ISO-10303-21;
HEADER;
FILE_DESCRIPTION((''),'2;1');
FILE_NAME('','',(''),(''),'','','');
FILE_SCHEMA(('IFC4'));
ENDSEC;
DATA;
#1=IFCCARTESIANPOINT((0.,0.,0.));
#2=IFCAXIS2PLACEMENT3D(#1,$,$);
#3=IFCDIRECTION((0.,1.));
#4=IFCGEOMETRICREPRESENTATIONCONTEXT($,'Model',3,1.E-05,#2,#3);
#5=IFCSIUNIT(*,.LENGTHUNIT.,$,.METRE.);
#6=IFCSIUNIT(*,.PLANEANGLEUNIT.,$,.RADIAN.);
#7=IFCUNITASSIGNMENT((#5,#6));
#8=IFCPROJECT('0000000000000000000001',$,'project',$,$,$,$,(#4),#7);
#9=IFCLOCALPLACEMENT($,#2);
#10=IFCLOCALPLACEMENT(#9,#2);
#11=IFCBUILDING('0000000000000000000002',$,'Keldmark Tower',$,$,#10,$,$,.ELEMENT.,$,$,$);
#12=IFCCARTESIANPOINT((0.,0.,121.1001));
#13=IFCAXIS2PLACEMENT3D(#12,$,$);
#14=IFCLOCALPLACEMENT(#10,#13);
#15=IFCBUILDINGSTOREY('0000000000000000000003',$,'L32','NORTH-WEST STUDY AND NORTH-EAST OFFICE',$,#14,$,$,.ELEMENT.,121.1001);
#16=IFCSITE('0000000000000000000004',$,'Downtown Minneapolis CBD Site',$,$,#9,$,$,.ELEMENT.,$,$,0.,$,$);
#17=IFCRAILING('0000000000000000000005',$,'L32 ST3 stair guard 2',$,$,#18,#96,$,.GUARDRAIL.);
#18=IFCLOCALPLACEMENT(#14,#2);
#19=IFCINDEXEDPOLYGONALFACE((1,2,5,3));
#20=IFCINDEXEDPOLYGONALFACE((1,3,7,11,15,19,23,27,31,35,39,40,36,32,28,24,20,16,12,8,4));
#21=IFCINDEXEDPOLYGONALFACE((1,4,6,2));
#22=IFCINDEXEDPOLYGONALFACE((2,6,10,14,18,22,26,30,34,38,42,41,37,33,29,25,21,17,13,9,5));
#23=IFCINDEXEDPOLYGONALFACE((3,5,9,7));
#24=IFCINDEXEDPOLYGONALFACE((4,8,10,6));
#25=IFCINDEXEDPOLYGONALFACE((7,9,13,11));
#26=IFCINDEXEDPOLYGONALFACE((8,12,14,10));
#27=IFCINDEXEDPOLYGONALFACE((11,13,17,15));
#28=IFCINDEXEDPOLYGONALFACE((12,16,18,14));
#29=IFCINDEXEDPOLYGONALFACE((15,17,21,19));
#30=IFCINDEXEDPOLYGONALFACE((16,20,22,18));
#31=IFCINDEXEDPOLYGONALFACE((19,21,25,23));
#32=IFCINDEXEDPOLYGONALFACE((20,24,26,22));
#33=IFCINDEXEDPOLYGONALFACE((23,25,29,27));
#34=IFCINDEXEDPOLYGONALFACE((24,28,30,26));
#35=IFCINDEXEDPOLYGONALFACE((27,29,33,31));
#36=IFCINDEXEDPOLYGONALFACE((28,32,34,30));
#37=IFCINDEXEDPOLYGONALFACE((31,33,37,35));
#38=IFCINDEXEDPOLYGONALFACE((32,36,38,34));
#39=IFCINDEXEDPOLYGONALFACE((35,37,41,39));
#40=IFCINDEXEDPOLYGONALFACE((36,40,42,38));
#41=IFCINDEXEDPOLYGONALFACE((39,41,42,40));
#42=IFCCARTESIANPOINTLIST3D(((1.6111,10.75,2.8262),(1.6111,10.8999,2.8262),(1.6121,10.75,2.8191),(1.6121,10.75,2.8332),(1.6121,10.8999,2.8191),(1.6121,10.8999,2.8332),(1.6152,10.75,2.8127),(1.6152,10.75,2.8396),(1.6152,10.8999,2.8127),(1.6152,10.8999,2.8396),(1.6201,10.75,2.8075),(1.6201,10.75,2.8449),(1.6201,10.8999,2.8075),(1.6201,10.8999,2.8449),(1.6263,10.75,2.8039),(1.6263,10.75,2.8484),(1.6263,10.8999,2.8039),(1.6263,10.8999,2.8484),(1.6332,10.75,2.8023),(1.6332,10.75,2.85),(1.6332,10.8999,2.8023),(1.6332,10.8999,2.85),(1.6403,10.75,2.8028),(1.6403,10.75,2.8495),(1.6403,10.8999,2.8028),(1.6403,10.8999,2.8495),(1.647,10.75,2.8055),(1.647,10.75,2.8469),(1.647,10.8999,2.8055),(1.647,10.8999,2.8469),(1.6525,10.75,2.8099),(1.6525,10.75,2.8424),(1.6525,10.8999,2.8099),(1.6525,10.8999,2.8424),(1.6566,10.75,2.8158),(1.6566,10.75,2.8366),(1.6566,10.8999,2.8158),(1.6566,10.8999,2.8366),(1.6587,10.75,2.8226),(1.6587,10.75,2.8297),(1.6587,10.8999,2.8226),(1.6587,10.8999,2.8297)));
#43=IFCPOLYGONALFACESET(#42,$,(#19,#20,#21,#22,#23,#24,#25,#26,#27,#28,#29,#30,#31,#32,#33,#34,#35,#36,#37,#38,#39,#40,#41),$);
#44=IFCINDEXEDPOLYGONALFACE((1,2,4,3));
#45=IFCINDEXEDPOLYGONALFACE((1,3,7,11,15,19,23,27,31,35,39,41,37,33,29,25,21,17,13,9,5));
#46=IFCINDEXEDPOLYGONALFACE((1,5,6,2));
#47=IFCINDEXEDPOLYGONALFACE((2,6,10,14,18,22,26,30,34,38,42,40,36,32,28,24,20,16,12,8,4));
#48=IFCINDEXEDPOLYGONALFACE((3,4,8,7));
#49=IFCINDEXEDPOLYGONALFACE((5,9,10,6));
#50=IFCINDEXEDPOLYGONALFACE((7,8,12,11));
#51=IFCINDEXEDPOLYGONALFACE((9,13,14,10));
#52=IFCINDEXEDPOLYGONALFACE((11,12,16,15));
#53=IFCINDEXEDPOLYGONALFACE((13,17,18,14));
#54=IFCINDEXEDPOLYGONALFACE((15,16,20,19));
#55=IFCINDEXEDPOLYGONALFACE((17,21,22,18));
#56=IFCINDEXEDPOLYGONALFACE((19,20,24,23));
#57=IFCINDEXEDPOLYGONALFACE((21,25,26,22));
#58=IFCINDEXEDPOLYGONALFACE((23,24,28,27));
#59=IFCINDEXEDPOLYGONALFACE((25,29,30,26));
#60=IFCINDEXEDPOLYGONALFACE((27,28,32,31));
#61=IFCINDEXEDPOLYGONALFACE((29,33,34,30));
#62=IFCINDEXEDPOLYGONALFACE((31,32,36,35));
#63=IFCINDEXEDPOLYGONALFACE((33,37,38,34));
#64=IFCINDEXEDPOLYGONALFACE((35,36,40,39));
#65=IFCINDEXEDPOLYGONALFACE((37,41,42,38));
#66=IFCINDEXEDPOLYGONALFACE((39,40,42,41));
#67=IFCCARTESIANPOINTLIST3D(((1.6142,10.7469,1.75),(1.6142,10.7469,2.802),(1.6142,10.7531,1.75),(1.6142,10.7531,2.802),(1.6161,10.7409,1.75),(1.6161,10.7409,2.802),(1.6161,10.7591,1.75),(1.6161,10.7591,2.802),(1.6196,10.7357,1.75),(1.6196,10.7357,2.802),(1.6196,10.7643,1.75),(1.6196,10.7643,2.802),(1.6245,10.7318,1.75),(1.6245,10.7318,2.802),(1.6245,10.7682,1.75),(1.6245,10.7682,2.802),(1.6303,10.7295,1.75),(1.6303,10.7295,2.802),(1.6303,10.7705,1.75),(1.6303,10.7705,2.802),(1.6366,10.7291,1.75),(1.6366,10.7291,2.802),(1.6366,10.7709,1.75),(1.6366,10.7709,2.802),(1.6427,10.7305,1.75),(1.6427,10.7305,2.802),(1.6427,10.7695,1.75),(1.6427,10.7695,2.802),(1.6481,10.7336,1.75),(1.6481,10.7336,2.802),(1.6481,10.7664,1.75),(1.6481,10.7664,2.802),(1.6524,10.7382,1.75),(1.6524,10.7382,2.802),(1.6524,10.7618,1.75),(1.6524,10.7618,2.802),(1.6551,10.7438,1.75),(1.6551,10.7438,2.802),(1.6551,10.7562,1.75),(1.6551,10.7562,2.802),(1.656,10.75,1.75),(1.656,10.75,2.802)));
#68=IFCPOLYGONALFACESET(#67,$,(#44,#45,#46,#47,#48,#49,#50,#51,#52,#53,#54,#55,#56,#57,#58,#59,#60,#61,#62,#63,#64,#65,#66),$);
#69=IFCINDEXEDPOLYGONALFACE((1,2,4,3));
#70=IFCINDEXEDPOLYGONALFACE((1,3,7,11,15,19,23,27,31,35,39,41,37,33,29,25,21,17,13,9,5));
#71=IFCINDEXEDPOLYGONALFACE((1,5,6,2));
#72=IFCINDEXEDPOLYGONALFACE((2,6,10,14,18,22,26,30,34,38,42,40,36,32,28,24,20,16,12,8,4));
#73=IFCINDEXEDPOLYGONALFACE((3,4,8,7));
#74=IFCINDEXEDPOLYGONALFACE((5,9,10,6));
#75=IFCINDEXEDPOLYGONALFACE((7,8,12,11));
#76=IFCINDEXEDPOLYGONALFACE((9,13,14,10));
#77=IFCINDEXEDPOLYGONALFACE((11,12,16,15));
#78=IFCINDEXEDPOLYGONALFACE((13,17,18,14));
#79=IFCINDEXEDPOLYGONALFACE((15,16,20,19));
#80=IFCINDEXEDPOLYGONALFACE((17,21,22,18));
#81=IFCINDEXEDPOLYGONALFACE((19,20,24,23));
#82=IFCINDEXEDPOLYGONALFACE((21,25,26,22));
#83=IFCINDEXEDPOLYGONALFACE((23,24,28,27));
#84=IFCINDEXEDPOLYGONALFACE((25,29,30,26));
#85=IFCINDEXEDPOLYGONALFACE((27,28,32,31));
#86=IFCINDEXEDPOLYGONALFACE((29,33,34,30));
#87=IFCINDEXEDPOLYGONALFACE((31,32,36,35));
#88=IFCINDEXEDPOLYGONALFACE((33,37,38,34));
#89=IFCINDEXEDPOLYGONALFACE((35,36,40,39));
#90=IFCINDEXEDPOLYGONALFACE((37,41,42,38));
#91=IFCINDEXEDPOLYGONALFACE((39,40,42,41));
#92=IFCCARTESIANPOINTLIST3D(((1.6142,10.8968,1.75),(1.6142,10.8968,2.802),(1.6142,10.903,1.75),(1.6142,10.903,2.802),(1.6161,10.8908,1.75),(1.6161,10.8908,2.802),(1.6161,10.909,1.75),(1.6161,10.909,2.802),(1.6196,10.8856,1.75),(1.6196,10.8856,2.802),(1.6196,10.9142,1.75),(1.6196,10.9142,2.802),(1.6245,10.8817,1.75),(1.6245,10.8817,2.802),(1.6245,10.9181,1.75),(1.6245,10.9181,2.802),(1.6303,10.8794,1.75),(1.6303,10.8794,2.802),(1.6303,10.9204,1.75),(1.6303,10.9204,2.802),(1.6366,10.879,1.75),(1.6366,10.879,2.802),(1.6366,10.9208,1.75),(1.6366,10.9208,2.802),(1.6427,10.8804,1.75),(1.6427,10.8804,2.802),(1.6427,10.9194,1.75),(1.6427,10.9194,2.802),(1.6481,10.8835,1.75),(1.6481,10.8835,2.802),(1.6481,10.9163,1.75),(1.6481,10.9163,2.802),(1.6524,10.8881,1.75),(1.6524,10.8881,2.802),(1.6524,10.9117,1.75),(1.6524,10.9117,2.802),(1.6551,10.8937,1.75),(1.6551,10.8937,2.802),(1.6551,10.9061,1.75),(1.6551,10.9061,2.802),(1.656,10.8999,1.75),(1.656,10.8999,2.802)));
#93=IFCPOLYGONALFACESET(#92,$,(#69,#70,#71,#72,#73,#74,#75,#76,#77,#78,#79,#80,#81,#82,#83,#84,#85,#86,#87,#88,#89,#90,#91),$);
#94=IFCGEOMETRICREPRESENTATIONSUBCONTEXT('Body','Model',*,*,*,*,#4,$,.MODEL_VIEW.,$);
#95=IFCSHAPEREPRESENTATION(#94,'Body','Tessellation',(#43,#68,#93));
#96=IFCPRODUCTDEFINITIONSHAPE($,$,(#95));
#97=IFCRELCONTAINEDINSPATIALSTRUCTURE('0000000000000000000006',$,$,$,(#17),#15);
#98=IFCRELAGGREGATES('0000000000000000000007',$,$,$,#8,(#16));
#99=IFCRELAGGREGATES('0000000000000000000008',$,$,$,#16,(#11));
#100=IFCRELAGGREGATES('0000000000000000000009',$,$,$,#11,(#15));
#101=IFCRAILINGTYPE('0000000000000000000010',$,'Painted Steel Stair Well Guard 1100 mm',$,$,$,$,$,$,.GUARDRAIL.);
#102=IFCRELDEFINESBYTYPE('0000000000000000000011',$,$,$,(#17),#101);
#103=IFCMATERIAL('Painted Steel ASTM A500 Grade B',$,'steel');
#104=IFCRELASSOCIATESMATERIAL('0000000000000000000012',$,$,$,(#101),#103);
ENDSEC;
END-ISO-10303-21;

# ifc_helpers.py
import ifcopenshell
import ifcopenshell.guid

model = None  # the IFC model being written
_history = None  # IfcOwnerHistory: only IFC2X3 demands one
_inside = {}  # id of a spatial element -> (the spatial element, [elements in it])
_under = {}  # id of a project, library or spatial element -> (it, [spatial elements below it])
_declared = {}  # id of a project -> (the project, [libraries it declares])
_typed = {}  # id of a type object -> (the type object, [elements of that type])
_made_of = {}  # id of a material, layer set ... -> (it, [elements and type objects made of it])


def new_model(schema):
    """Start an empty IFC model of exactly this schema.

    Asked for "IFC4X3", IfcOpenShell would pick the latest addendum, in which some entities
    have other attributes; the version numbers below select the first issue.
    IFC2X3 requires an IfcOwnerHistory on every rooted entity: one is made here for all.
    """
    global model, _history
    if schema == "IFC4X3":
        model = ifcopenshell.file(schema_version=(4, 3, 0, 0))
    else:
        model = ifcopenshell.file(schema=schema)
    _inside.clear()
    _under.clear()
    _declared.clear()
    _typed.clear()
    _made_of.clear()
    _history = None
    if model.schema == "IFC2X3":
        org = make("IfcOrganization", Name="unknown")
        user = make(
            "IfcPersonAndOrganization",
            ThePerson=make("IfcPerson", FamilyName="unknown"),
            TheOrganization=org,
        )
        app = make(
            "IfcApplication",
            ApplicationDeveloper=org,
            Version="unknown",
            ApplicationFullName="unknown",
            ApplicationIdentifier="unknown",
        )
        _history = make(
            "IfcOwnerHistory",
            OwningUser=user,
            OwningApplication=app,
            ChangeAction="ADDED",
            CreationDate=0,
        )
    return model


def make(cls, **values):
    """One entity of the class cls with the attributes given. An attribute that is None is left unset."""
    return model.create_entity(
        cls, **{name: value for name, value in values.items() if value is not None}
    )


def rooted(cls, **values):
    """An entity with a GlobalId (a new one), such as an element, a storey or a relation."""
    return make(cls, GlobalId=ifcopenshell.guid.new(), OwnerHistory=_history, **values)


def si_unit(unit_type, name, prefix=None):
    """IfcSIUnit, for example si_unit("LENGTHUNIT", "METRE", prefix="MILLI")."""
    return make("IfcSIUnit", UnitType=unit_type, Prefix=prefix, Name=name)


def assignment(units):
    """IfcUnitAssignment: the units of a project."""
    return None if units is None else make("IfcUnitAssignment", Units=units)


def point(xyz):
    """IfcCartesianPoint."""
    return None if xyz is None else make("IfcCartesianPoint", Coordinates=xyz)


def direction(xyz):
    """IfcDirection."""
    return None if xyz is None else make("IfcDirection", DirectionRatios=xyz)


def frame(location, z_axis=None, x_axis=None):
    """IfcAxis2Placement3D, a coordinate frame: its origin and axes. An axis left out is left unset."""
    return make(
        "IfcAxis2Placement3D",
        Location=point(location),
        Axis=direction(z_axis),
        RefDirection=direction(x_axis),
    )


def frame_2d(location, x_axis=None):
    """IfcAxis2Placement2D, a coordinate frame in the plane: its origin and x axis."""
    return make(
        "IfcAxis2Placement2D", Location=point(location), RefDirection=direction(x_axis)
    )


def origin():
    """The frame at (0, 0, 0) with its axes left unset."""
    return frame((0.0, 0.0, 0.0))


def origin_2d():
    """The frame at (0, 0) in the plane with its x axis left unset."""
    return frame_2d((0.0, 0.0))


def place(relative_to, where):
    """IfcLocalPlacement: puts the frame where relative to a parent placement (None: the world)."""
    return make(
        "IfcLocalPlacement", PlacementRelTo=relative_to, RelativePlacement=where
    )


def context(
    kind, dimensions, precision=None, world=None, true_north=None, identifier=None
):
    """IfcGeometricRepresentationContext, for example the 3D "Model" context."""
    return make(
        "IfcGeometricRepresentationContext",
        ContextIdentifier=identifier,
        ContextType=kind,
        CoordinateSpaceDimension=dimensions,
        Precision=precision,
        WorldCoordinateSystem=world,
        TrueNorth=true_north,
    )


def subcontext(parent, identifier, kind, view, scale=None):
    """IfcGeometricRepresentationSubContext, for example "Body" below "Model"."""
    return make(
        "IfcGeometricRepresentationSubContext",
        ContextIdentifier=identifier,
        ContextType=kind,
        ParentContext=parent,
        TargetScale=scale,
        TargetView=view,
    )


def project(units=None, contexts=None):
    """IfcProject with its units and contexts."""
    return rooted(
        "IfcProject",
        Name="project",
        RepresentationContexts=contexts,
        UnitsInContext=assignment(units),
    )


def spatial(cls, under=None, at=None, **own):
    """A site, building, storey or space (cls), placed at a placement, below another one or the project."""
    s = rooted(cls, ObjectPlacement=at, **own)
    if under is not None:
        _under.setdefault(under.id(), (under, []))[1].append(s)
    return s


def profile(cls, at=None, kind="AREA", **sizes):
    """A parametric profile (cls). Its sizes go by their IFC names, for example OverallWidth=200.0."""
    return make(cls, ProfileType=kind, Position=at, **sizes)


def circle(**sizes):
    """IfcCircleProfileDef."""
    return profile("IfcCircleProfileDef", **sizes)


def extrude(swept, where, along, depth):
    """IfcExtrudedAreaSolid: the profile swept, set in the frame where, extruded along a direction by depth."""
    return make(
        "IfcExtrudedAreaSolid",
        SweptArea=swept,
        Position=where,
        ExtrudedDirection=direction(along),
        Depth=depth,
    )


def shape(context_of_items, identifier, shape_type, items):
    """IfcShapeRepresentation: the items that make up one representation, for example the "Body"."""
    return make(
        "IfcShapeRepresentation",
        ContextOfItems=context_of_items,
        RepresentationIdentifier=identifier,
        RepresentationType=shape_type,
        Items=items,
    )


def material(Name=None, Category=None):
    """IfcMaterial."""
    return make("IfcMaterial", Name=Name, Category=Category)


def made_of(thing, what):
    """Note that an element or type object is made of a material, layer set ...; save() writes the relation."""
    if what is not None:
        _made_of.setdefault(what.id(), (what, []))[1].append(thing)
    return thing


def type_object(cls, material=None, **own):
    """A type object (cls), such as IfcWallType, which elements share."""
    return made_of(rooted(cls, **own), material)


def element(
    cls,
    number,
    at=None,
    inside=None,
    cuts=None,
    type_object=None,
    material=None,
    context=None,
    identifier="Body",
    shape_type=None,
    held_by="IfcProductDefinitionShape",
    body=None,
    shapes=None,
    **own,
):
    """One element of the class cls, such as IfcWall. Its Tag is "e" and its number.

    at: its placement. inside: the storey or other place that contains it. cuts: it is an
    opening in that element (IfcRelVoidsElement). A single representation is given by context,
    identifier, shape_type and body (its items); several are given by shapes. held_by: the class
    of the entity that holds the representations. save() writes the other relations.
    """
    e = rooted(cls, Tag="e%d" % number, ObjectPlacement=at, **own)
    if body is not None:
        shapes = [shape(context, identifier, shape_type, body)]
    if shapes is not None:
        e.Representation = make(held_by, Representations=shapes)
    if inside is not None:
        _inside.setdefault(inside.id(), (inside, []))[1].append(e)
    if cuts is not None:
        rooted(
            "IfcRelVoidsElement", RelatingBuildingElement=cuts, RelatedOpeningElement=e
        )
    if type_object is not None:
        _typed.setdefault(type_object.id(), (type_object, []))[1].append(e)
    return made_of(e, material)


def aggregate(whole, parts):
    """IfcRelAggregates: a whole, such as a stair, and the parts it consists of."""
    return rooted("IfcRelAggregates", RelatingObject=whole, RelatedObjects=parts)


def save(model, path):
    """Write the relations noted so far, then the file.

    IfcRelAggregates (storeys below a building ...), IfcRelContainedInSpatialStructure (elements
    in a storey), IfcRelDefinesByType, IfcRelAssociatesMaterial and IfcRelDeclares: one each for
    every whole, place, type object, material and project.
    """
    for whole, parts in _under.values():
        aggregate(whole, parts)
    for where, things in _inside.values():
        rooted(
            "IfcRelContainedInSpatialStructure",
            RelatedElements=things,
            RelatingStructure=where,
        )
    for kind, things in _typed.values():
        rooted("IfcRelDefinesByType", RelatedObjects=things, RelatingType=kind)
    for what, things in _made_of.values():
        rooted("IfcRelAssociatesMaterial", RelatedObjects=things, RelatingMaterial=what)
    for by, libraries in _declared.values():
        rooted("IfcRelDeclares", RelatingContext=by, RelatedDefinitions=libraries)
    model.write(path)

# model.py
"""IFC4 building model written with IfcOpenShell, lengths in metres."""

from ifc_helpers import new_model, si_unit, direction, frame, origin, origin_2d, place, context, subcontext, project, spatial, circle, extrude, material, type_object, element, save


model = new_model("IFC4")

# Units and contexts
model_context = context("Model", 3, precision=1e-05, world=origin(), true_north=direction((0.0, 1.0)))
body_context = subcontext(model_context, "Body", "Model", "MODEL_VIEW")
ifc_project = project(units=[si_unit("LENGTHUNIT", "METRE"), si_unit("PLANEANGLEUNIT", "RADIAN")], contexts=[model_context])

# Site, building, storey
site_placement = place(None, origin())
site = spatial("IfcSite", under=ifc_project, at=site_placement, Name="Downtown Minneapolis CBD Site", CompositionType="ELEMENT", RefElevation=0.0)
building_placement = place(site_placement, origin())
building = spatial("IfcBuilding", under=site, at=building_placement, Name="Keldmark Tower", CompositionType="ELEMENT")
storey_placement = place(building_placement, frame((0.0, 0.0, 121.1001)))
storey = spatial("IfcBuildingStorey", under=building, at=storey_placement, Name="L32", Description="NORTH-WEST STUDY AND NORTH-EAST OFFICE", CompositionType="ELEMENT", Elevation=121.1001)

# Railing
ifc_material_1 = material(Name="Painted Steel ASTM A500 Grade B", Category="steel")
railing_type_1 = type_object("IfcRailingType", Name="Painted Steel Stair Well Guard 1100 mm", PredefinedType="GUARDRAIL", material=ifc_material_1)
railing_1_placement = place(storey_placement, frame((1.635, 10.75, 1.75)))
element("IfcRailing", 1, at=railing_1_placement, inside=storey, type_object=railing_type_1, Name="L32 ST3 stair guard 2", PredefinedType="GUARDRAIL", context=body_context, shape_type="SweptSolid", body=[
    extrude(circle(Radius=0.0239, at=origin_2d()), frame((0.0, 0.0, 1.0762), z_axis=(0.0, 1.0, 0.0), x_axis=(-1.0, 0.0, 0.0)), (0.0, 0.0, 1.0), 0.1499),
    extrude(circle(Radius=0.021, at=origin_2d()), origin(), (0.0, 0.0, 1.0), 1.052),
    extrude(circle(Radius=0.021, at=origin_2d()), frame((0.0, 0.1499, 0.0)), (0.0, 0.0, 1.0), 1.052),
])

save(model, "model.ifc")
